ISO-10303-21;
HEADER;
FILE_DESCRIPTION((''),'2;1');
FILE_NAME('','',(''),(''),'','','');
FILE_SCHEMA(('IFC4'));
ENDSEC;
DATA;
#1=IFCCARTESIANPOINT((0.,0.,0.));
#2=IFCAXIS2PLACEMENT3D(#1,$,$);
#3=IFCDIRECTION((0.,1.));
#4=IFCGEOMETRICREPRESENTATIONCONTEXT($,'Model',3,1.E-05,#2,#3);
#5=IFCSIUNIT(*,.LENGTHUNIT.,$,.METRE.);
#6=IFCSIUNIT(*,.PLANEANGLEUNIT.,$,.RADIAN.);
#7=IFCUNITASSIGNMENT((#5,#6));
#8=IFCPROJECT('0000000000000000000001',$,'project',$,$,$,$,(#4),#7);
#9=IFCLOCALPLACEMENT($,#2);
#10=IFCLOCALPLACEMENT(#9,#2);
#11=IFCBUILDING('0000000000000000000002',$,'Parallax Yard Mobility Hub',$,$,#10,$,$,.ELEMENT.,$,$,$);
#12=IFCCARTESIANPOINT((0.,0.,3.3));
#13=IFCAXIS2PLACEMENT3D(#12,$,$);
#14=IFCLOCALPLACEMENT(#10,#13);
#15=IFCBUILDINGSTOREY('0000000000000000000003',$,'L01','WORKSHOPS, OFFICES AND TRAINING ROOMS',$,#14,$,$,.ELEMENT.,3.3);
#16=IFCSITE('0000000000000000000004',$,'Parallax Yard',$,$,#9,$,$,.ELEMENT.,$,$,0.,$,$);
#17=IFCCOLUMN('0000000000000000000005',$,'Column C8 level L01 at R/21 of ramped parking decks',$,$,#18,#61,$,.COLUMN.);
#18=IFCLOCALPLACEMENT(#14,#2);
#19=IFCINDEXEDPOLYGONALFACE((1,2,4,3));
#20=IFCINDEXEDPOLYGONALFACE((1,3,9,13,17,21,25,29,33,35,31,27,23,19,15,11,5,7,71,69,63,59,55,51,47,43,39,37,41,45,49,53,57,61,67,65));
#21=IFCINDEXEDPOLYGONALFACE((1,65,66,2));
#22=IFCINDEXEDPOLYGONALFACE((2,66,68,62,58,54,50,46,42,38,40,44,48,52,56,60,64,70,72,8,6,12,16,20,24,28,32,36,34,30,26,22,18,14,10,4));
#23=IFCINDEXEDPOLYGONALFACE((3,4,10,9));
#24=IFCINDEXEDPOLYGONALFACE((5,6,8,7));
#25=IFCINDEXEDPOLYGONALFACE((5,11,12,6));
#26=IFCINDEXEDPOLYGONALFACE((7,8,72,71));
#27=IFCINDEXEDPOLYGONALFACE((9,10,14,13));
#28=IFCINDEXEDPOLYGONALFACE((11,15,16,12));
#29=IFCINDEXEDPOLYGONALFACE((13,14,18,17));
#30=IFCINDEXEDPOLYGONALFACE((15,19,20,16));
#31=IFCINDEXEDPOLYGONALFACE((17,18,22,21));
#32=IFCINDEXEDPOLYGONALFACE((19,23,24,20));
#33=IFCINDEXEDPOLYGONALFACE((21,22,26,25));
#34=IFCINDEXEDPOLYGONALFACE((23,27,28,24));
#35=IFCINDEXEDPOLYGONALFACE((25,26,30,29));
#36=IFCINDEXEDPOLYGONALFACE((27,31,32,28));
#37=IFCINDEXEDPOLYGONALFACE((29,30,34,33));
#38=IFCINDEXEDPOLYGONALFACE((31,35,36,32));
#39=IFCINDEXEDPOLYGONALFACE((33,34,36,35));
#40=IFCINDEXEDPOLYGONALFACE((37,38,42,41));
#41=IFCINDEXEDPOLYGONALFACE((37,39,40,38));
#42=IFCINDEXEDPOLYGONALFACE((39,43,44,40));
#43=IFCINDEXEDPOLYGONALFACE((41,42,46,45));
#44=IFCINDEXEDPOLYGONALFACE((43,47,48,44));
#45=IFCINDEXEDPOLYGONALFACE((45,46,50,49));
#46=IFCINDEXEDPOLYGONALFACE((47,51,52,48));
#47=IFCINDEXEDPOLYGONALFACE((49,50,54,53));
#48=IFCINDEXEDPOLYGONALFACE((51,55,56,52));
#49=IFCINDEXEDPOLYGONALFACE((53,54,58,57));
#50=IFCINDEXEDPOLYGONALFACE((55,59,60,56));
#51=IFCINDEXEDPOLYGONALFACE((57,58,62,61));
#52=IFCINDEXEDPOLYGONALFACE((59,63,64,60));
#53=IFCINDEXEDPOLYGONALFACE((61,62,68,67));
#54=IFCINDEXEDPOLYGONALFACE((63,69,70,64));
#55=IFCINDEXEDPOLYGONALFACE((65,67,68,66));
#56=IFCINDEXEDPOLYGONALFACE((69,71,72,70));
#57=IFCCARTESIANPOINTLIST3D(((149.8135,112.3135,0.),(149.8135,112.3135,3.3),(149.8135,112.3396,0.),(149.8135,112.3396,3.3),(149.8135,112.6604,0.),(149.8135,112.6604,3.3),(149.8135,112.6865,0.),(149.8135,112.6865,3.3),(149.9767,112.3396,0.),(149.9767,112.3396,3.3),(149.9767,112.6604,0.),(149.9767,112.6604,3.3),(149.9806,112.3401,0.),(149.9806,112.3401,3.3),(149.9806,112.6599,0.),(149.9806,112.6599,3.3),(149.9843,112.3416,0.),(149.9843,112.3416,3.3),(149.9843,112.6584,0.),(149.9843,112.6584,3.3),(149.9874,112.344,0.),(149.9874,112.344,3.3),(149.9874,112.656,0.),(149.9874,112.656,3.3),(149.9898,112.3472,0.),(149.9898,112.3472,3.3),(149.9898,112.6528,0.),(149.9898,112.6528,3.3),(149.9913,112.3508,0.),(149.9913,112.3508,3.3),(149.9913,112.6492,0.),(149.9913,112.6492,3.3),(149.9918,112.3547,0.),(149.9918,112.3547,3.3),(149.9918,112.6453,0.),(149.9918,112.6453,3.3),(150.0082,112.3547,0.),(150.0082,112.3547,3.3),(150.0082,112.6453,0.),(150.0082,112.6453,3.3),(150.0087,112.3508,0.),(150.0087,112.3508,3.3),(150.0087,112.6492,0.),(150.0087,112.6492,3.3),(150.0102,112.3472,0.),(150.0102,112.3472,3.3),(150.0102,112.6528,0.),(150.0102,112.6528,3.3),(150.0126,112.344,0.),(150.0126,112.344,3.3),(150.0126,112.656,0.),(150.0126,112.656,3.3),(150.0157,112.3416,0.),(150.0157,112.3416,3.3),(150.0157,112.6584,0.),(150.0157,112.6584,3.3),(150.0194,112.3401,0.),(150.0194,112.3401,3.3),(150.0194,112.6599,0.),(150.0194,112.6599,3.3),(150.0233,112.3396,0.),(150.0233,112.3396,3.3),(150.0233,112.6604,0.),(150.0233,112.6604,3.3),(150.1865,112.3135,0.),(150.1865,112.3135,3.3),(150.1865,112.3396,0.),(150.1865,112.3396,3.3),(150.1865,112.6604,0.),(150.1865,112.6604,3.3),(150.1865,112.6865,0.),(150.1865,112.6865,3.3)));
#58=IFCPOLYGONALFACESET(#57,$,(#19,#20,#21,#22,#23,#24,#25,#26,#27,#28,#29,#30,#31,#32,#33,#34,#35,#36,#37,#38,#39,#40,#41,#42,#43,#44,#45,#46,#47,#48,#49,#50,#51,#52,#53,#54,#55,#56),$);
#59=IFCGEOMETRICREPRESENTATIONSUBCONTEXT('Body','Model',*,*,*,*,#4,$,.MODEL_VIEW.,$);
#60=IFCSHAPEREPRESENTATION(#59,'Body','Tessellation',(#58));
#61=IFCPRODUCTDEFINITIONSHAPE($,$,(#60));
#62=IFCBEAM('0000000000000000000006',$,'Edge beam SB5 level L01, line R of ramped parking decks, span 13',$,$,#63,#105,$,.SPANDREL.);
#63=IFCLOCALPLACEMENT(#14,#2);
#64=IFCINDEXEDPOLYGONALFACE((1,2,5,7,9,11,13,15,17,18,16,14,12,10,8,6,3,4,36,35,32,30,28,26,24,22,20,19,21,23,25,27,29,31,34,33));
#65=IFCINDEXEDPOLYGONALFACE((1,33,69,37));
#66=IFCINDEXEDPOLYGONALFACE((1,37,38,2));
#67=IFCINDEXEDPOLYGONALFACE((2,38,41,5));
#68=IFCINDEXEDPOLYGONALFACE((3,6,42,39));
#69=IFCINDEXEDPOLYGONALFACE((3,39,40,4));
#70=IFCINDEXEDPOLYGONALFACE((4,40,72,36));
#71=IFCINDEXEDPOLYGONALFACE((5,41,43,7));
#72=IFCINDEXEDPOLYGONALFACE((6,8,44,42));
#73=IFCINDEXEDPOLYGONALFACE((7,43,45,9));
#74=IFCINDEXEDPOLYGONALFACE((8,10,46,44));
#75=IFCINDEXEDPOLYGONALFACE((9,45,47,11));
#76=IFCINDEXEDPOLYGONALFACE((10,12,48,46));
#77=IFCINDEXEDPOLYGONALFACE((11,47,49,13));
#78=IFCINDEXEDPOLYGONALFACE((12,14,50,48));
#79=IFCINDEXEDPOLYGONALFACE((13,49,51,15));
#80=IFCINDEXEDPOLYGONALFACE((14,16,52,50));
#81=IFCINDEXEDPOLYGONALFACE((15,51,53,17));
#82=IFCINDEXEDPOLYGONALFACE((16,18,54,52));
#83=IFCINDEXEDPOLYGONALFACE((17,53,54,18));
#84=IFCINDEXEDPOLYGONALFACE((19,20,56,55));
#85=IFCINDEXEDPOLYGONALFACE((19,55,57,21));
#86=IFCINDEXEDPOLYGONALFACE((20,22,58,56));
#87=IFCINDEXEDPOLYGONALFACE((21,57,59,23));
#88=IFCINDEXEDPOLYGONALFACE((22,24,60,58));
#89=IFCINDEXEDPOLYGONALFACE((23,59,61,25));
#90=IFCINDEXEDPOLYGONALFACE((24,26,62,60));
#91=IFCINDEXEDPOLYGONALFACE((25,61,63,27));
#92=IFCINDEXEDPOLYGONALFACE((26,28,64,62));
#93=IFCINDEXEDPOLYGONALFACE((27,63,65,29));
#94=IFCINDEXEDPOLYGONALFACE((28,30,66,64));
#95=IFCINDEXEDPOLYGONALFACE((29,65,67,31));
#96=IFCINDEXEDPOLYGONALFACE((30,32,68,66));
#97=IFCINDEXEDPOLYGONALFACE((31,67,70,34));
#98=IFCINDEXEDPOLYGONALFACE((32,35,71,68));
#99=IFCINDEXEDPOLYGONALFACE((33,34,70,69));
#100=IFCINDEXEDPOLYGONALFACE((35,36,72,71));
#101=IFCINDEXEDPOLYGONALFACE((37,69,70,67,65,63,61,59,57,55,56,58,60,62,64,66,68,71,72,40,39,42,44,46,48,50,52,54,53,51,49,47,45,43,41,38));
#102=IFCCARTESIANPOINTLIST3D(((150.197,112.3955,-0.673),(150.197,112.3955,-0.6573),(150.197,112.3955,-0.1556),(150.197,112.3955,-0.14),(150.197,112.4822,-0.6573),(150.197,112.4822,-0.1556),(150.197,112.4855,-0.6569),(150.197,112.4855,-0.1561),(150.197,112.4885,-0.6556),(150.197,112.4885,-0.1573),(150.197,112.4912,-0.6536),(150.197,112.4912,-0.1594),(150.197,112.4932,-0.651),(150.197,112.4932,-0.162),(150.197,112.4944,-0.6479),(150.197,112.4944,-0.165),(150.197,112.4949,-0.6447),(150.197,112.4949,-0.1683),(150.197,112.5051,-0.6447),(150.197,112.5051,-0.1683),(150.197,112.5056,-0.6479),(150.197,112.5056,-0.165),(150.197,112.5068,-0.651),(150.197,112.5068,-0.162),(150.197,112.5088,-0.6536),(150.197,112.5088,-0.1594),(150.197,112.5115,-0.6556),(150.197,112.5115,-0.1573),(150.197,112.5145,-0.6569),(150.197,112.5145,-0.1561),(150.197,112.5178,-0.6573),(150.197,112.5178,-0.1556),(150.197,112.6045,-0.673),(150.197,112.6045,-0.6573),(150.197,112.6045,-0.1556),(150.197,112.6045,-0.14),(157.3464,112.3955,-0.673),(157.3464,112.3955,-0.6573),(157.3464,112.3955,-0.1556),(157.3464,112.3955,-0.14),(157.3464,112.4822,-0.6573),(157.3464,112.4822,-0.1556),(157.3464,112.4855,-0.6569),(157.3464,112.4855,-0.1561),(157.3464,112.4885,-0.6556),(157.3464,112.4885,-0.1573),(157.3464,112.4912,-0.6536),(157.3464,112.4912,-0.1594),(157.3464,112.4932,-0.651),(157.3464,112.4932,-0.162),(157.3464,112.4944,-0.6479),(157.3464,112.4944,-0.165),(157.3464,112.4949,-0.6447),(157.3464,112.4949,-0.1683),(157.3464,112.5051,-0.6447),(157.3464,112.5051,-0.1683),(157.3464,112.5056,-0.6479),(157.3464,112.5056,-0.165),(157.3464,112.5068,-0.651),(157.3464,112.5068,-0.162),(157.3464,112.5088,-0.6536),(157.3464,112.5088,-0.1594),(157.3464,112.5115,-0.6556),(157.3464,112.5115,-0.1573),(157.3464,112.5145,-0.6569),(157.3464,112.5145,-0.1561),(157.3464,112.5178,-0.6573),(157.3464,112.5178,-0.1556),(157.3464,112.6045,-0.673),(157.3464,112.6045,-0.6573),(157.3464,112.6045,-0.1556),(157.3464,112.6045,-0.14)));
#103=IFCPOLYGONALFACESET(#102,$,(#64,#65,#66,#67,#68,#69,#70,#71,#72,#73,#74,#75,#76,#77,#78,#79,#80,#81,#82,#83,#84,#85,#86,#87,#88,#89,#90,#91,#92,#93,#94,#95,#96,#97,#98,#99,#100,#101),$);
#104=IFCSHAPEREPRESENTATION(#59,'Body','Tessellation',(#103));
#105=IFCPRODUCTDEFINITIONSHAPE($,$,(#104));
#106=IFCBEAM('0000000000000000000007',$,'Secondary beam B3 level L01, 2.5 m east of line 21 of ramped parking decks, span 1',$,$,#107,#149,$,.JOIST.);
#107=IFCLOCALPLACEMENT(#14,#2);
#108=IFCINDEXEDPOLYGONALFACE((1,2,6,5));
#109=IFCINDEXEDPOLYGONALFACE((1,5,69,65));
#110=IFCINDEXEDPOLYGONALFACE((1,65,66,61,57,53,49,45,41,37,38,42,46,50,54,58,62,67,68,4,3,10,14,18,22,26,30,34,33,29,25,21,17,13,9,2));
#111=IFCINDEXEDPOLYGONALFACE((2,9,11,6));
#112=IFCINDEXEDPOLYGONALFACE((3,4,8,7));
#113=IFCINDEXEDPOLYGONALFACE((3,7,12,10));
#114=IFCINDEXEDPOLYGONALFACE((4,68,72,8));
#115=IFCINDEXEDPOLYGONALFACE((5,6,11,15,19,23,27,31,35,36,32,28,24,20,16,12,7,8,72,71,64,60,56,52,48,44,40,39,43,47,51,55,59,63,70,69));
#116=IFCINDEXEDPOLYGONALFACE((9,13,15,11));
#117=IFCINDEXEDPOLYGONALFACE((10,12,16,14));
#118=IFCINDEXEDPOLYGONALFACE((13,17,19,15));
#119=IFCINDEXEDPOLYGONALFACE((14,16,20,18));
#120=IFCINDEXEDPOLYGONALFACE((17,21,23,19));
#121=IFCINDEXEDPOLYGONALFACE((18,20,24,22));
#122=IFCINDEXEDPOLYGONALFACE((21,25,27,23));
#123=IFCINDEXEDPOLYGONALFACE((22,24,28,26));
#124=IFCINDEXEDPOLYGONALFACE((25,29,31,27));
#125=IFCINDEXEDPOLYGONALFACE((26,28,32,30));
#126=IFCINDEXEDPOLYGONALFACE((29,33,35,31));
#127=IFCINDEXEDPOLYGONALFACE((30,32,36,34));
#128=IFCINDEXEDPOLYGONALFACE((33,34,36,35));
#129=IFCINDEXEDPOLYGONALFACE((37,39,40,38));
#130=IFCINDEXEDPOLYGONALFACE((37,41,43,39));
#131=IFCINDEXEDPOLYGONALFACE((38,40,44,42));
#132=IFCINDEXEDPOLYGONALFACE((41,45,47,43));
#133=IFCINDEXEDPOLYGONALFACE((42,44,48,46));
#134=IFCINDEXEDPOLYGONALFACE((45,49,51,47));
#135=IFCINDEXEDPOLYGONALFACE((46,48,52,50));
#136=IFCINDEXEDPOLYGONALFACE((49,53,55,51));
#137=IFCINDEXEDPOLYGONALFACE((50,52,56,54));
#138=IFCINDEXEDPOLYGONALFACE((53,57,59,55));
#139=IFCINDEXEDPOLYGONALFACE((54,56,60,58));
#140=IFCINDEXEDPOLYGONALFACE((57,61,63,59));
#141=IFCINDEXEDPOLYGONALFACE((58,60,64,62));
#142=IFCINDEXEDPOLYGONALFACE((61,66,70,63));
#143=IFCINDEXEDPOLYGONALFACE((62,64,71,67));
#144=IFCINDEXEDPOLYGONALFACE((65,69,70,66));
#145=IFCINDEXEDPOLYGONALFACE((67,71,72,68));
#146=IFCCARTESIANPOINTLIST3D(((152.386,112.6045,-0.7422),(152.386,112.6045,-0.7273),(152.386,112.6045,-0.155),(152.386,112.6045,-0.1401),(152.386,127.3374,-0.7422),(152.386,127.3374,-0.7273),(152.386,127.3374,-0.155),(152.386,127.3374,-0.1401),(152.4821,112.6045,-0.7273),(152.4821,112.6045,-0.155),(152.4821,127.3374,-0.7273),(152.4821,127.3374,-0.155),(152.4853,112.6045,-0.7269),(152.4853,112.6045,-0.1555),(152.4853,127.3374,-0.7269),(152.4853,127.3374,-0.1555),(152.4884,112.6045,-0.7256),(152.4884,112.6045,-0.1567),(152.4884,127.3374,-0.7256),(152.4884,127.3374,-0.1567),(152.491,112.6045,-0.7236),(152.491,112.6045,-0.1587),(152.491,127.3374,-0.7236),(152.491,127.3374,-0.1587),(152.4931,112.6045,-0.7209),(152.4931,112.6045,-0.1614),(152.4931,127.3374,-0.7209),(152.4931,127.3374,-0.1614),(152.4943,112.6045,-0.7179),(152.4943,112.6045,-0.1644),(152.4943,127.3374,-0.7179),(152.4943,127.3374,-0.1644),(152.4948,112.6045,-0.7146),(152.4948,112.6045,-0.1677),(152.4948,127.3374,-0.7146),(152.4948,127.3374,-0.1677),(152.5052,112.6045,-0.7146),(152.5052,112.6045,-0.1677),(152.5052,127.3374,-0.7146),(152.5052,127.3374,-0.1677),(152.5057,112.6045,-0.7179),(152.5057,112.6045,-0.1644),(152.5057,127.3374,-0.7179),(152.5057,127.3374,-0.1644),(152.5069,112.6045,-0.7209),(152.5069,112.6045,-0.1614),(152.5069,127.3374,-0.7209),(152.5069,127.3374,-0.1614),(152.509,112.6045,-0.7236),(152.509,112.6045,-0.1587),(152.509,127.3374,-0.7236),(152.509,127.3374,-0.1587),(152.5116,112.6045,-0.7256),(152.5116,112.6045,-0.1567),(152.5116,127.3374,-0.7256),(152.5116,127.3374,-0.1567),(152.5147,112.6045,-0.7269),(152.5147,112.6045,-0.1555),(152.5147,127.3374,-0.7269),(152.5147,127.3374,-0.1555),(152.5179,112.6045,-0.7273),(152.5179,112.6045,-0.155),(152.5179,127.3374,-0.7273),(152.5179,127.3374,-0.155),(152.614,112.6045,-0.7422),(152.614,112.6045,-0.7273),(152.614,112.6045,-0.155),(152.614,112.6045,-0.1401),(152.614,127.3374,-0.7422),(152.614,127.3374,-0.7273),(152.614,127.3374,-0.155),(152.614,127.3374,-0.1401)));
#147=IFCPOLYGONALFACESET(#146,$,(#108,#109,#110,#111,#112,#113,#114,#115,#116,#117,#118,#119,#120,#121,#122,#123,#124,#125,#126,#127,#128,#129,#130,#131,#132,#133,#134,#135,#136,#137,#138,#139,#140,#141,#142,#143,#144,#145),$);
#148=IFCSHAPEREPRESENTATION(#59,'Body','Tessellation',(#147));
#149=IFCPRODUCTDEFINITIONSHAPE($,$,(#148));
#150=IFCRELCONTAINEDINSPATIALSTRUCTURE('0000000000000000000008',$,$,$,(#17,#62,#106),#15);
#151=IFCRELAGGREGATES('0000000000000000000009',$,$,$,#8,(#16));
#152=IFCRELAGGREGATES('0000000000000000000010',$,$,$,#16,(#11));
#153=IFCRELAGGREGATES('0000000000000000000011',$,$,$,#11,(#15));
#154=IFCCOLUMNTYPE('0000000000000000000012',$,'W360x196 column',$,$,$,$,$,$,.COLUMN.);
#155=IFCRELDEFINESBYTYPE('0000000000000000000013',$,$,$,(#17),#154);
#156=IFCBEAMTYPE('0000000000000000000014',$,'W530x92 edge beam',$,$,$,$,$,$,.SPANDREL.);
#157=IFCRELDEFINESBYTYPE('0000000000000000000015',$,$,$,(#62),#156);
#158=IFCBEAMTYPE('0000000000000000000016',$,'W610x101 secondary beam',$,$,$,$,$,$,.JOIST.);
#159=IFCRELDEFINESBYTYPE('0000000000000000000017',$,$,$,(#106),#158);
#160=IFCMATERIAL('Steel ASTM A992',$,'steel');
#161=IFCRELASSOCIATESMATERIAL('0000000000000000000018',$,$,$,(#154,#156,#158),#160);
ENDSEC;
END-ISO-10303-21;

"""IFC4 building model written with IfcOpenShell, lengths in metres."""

from ifc_helpers import new_model, si_unit, direction, frame, origin, origin_2d, place, context, subcontext, project, spatial, i_section, extrude, material, material_profile, profile_set, type_object, element, save


model = new_model("IFC4")

# Units and contexts
model_context = context("Model", 3, precision=1e-05, world=origin(), true_north=direction((0.0, 1.0)))
body_context = subcontext(model_context, "Body", "Model", "MODEL_VIEW")
ifc_project = project(units=[si_unit("LENGTHUNIT", "METRE"), si_unit("PLANEANGLEUNIT", "RADIAN")], contexts=[model_context])

# Site, building, storey
site_placement = place(None, origin())
site = spatial("IfcSite", under=ifc_project, at=site_placement, Name="Parallax Yard", CompositionType="ELEMENT", RefElevation=0.0)
building_placement = place(site_placement, origin())
building = spatial("IfcBuilding", under=site, at=building_placement, Name="Parallax Yard Mobility Hub", CompositionType="ELEMENT")
storey_placement = place(building_placement, frame((0.0, 0.0, 3.3)))
storey = spatial("IfcBuildingStorey", under=building, at=storey_placement, Name="L01", Description="WORKSHOPS, OFFICES AND TRAINING ROOMS", CompositionType="ELEMENT", Elevation=3.3)

# Column
ifc_material_1 = material(Name="Steel ASTM A992", Category="steel")
ifc_material_profile_1 = material_profile(ifc_material_1, i_section(OverallWidth=0.373, OverallDepth=0.373, WebThickness=0.0164, FlangeThickness=0.0261, FilletRadius=0.0151, at=origin_2d()), Name="W360x196")
ifc_profile_set_1 = profile_set([ifc_material_profile_1], Name="Steel ASTM A992")
column_type = type_object("IfcColumnType", Name="W360x196 column", PredefinedType="COLUMN", material=ifc_profile_set_1)
column_placement = place(storey_placement, frame((150.0, 112.5, 0.0), z_axis=(0.0, 0.0, 1.0), x_axis=(1.0, 0.0, 0.0)))
element("IfcColumn", 1, at=column_placement, inside=storey, type_object=column_type, Name="Column C8 level L01 at R/21 of ramped parking decks", PredefinedType="COLUMN", context=body_context, shape_type="SweptSolid", body=[
    extrude(i_section(OverallWidth=0.373, OverallDepth=0.373, WebThickness=0.0164, FlangeThickness=0.0261, FilletRadius=0.0151, at=origin_2d()), origin(), (0.0, 0.0, 1.0), 3.3),
])

# Beams
ifc_material_profile_2 = material_profile(ifc_material_1, i_section(OverallWidth=0.209, OverallDepth=0.533, WebThickness=0.0103, FlangeThickness=0.0156, FilletRadius=0.0127, at=origin_2d()), Name="W530x92")
ifc_profile_set_2 = profile_set([ifc_material_profile_2], Name="Steel ASTM A992")
beam_type_1 = type_object("IfcBeamType", Name="W530x92 edge beam", PredefinedType="SPANDREL", material=ifc_profile_set_2)
beam_1_placement = place(storey_placement, frame((150.197, 112.5, -0.4065), z_axis=(1.0, 0.0, 0.0), x_axis=(0.0, 1.0, 0.0)))
element("IfcBeam", 2, at=beam_1_placement, inside=storey, type_object=beam_type_1, Name="Edge beam SB5 level L01, line R of ramped parking decks, span 13", PredefinedType="SPANDREL", context=body_context, shape_type="SweptSolid", body=[
    extrude(i_section(OverallWidth=0.209, OverallDepth=0.533, WebThickness=0.0103, FlangeThickness=0.0156, FilletRadius=0.0127, at=origin_2d()), origin(), (0.0, 0.0, 1.0), 7.1494),
])
ifc_material_profile_3 = material_profile(ifc_material_1, i_section(OverallWidth=0.228, OverallDepth=0.6021, WebThickness=0.0105, FlangeThickness=0.0149, FilletRadius=0.0127, at=origin_2d()), Name="W610x101")
ifc_profile_set_3 = profile_set([ifc_material_profile_3], Name="Steel ASTM A992")
beam_type_2 = type_object("IfcBeamType", Name="W610x101 secondary beam", PredefinedType="JOIST", material=ifc_profile_set_3)
beam_2_placement = place(storey_placement, frame((152.5, 112.6045, -0.4412), z_axis=(0.0, 1.0, 0.0), x_axis=(-1.0, 0.0, 0.0)))
element("IfcBeam", 3, at=beam_2_placement, inside=storey, type_object=beam_type_2, Name="Secondary beam B3 level L01, 2.5 m east of line 21 of ramped parking decks, span 1", PredefinedType="JOIST", context=body_context, shape_type="SweptSolid", body=[
    extrude(i_section(OverallWidth=0.228, OverallDepth=0.6021, WebThickness=0.0105, FlangeThickness=0.0149, FilletRadius=0.0127, at=origin_2d()), origin(), (0.0, 0.0, 1.0), 14.7329),
])

save(model, "model.ifc")
